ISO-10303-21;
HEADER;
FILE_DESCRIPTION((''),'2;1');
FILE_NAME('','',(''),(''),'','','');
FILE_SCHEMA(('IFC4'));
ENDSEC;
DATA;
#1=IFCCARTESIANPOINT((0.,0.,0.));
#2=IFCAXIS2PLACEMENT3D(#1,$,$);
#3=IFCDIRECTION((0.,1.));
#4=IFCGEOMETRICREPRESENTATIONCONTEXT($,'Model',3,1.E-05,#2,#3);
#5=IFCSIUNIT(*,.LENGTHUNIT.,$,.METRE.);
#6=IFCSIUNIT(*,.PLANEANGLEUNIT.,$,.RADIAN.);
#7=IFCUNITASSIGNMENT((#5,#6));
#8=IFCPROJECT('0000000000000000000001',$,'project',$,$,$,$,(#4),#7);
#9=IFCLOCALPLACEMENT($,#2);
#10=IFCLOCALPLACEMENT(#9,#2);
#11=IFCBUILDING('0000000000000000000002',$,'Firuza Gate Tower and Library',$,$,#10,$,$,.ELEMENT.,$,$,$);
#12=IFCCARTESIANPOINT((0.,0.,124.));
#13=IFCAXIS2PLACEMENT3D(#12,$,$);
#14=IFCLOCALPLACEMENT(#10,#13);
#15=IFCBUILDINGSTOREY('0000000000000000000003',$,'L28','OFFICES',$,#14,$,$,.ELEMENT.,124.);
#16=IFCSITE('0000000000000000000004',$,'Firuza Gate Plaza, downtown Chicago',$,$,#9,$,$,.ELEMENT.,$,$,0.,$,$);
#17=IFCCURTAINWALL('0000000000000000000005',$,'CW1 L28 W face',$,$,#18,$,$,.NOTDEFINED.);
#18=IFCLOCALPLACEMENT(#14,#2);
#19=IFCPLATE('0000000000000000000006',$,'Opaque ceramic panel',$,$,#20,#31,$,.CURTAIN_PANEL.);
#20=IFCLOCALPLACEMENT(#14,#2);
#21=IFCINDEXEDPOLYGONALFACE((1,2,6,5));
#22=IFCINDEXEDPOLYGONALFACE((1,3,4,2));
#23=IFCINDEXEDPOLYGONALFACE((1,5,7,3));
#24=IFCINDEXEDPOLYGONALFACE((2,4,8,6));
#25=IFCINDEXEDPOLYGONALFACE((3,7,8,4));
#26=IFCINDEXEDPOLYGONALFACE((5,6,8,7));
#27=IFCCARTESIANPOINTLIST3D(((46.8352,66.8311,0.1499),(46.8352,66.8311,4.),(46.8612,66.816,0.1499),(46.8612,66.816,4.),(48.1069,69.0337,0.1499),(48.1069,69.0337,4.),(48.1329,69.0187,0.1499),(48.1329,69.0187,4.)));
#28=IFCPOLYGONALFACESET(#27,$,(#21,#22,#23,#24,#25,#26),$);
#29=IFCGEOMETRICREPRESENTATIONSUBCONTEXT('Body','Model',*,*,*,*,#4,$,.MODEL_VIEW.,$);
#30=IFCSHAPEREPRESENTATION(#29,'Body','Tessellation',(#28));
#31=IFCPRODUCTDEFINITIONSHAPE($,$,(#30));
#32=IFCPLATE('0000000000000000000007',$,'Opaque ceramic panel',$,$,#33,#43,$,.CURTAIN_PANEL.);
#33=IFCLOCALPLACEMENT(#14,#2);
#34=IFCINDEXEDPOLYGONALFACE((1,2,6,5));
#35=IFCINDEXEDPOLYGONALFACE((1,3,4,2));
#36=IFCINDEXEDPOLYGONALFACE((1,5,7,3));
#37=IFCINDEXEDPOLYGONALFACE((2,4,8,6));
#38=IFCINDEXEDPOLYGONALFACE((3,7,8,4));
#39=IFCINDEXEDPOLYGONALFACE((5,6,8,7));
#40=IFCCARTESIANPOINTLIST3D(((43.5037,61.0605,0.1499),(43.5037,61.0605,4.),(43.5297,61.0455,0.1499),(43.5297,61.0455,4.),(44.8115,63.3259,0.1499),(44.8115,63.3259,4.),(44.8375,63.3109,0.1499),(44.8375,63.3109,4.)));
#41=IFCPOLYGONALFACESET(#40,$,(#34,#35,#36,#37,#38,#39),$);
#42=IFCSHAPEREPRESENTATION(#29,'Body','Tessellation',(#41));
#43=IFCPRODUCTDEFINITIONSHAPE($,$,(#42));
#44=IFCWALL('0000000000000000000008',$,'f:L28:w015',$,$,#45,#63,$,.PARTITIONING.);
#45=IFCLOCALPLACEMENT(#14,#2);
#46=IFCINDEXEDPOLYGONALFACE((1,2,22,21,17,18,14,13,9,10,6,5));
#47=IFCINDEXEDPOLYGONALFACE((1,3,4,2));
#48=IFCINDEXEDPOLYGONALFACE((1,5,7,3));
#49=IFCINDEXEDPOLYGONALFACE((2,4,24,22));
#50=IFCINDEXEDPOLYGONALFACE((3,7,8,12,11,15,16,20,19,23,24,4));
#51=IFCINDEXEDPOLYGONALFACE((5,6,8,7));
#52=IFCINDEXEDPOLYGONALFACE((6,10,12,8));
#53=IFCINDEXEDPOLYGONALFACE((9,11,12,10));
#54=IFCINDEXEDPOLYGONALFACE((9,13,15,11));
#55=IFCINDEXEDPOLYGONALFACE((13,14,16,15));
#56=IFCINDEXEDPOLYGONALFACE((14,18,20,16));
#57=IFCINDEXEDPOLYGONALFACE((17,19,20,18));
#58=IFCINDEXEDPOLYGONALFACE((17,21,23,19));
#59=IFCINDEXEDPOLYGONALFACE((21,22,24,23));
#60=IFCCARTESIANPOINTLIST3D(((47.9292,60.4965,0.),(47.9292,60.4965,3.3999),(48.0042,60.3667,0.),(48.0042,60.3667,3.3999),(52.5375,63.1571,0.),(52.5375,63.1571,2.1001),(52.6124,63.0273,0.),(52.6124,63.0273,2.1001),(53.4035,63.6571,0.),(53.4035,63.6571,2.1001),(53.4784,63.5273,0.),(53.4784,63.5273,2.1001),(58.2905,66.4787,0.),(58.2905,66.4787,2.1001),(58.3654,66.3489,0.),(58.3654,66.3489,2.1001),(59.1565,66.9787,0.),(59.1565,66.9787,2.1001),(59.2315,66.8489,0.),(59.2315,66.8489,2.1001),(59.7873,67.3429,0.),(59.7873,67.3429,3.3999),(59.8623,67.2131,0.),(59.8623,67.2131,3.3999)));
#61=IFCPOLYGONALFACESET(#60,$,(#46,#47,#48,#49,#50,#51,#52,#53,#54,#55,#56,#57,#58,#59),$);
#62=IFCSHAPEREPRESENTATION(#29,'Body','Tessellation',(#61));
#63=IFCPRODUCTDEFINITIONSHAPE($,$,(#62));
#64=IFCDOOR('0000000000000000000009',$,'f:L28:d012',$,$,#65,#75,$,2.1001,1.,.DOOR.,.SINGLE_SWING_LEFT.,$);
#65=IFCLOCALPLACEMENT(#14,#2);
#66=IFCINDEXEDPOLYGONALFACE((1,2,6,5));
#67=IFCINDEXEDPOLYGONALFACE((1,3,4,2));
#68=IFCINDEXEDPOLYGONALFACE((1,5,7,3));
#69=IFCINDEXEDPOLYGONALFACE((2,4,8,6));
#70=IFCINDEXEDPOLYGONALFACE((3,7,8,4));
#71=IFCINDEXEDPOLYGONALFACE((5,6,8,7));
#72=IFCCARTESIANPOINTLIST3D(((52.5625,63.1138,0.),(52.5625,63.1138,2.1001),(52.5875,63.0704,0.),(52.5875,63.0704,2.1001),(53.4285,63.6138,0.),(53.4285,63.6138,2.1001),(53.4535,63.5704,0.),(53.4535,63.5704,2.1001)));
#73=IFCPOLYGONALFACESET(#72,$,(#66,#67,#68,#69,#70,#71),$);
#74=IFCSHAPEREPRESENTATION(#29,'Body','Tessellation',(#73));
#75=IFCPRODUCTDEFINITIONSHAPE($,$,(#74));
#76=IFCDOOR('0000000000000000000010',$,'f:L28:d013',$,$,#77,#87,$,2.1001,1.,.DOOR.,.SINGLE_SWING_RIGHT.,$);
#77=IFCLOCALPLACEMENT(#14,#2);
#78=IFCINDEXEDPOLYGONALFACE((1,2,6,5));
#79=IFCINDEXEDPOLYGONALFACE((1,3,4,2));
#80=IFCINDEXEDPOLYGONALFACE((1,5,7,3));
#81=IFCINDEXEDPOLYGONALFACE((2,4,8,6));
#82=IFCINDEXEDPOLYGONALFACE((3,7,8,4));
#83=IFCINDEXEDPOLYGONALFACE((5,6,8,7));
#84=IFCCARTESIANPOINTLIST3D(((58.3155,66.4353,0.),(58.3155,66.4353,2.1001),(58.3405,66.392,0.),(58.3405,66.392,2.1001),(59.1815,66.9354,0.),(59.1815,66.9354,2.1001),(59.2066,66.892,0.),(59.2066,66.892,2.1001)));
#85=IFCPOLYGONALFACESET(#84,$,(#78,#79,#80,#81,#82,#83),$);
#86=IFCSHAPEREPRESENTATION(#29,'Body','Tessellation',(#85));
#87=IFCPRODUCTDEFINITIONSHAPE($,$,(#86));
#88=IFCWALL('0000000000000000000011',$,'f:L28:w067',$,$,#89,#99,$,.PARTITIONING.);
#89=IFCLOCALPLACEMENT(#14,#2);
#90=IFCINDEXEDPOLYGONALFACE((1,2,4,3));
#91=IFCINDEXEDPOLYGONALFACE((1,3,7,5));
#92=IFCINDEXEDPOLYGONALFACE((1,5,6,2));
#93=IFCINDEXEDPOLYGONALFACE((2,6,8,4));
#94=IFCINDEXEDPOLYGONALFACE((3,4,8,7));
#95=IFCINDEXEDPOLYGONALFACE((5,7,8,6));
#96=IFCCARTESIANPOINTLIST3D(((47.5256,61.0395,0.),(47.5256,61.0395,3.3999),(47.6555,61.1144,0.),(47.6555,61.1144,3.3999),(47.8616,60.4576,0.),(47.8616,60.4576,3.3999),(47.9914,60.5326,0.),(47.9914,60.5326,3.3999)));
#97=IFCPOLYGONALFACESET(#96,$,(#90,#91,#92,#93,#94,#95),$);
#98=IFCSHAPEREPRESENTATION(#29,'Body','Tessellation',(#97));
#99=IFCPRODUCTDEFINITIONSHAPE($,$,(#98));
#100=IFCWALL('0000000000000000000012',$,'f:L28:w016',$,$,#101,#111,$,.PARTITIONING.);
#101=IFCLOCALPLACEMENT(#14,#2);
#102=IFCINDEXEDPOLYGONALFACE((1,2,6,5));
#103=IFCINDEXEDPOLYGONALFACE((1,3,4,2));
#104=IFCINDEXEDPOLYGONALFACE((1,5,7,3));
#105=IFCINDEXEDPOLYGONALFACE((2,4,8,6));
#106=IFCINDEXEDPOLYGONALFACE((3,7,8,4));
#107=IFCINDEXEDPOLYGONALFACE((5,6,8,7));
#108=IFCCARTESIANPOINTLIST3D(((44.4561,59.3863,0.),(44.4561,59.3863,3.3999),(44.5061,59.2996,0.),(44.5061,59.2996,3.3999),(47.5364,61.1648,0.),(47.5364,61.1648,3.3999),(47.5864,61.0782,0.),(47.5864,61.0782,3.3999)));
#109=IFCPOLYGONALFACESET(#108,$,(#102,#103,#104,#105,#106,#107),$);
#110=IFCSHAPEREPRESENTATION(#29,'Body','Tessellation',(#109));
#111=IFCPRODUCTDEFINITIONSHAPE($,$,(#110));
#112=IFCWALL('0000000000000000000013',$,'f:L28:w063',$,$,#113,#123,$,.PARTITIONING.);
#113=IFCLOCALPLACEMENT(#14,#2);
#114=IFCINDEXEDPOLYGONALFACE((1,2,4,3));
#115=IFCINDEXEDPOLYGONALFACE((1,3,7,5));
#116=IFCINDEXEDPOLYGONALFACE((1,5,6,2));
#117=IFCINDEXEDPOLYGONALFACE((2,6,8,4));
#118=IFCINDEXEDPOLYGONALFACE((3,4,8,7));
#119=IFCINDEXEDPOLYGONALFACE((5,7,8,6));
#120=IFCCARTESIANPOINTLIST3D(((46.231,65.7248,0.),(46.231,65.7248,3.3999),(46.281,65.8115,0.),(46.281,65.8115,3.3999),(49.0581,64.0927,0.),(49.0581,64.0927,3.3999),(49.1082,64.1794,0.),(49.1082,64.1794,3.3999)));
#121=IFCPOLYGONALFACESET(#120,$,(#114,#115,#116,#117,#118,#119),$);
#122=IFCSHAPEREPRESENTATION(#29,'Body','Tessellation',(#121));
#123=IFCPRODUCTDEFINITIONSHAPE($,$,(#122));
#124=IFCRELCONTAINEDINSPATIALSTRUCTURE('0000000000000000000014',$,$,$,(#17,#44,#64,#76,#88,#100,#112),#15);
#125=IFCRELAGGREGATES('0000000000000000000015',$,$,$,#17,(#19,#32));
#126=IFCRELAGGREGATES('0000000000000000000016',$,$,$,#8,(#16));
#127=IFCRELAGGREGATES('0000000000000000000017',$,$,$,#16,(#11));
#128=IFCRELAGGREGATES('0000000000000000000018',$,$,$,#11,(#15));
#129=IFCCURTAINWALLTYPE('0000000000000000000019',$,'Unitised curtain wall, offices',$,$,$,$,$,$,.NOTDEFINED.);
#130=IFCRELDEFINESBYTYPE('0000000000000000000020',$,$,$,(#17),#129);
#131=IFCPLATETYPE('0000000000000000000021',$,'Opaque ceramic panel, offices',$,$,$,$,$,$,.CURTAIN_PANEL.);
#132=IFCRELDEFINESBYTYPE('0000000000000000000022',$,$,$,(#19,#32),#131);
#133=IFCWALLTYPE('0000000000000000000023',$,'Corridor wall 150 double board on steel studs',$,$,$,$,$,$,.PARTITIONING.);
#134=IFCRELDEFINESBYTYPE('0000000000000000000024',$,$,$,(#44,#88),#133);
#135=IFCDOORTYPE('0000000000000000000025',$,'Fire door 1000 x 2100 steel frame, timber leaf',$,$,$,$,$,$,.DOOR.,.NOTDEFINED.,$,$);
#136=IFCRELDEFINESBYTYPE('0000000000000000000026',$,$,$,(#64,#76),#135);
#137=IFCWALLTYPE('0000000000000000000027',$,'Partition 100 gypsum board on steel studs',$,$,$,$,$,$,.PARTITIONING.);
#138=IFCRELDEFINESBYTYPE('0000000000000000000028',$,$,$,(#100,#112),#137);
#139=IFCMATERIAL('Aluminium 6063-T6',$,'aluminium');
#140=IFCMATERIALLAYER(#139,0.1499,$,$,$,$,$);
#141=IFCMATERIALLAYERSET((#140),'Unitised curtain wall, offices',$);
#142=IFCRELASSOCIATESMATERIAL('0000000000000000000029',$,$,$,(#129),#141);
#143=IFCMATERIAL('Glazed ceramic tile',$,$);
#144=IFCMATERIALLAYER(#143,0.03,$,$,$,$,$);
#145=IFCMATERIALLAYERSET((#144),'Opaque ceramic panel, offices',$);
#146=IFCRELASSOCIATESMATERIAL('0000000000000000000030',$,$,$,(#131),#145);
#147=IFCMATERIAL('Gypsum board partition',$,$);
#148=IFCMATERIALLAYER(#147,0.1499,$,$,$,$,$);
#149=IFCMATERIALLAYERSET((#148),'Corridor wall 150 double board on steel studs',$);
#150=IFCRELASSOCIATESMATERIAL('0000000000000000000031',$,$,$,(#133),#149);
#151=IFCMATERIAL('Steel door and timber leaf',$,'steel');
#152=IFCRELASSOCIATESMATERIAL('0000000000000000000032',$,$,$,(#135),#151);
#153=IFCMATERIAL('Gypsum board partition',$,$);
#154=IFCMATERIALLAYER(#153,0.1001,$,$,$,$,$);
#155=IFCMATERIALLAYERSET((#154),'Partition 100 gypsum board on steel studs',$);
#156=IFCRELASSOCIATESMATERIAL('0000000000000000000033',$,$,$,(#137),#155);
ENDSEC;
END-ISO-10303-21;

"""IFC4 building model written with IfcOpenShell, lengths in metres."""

from ifc_helpers import new_model, si_unit, direction, frame, frame_2d, origin, place, context, subcontext, project, spatial, polyline, rectangle, outline, extrude, material, layer, layer_set, type_object, element, fill, aggregate, save


model = new_model("IFC4")

# Units and contexts
model_context = context("Model", 3, precision=1e-05, world=origin(), true_north=direction((0.0, 1.0)))
body_context = subcontext(model_context, "Body", "Model", "MODEL_VIEW")
ifc_project = project(units=[si_unit("LENGTHUNIT", "METRE"), si_unit("PLANEANGLEUNIT", "RADIAN")], contexts=[model_context])

# Site, building, storey
site_placement = place(None, origin())
site = spatial("IfcSite", under=ifc_project, at=site_placement, Name="Firuza Gate Plaza, downtown Chicago", CompositionType="ELEMENT", RefElevation=0.0)
building_placement = place(site_placement, origin())
building = spatial("IfcBuilding", under=site, at=building_placement, Name="Firuza Gate Tower and Library", CompositionType="ELEMENT")
storey_placement = place(building_placement, frame((0.0, 0.0, 124.0)))
storey = spatial("IfcBuildingStorey", under=building, at=storey_placement, Name="L28", Description="OFFICES", CompositionType="ELEMENT", Elevation=124.0)

# Curtain wall
ifc_material_1 = material(Name="Aluminium 6063-T6", Category="aluminium")
ifc_layer_1 = layer(ifc_material_1, 0.1499)
ifc_layer_set_1 = layer_set([ifc_layer_1], Name="Unitised curtain wall, offices")
curtain_wall_type_1 = type_object("IfcCurtainWallType", Name="Unitised curtain wall, offices", PredefinedType="NOTDEFINED", material=ifc_layer_set_1)
placement = place(storey_placement, origin())
curtain_wall_1 = element("IfcCurtainWall", 1, at=placement, inside=storey, type_object=curtain_wall_type_1, Name="CW1 L28 W face", PredefinedType="NOTDEFINED")

# Plates
ifc_material_2 = material(Name="Glazed ceramic tile")
ifc_layer_2 = layer(ifc_material_2, 0.03)
ifc_layer_set_2 = layer_set([ifc_layer_2], Name="Opaque ceramic panel, offices")
plate_type_1 = type_object("IfcPlateType", Name="Opaque ceramic panel, offices", PredefinedType="CURTAIN_PANEL", material=ifc_layer_set_2)
plate_1_placement = place(storey_placement, frame((48.1069, 69.0337, 0.1499), z_axis=(-0.866019, 0.500011, 0.0), x_axis=(-0.500011, -0.866019, 0.0)))
plate_1 = element("IfcPlate", 2, at=plate_1_placement, type_object=plate_type_1, Name="Opaque ceramic panel", PredefinedType="CURTAIN_PANEL", context=body_context, shape_type="SweptSolid", body=[
    extrude(outline(polyline([(0.0, 0.0), (2.5434, 0.0), (2.5434, 3.8501), (0.0, 3.8501), (0.0, 0.0)])), origin(), (0.0, 0.0, -1.0), 0.03),
])
plate_2_placement = place(storey_placement, frame((44.8115, 63.3259, 0.1499), z_axis=(-0.866035, 0.499984, 0.0), x_axis=(-0.499984, -0.866035, 0.0)))
plate_2 = element("IfcPlate", 3, at=plate_2_placement, type_object=plate_type_1, Name="Opaque ceramic panel", PredefinedType="CURTAIN_PANEL", context=body_context, shape_type="SweptSolid", body=[
    extrude(outline(polyline([(0.0, 0.0), (2.6158, 0.0), (2.6158, 3.8501), (0.0, 3.8501), (0.0, 0.0)])), origin(), (0.0, 0.0, -1.0), 0.03),
])
aggregate(curtain_wall_1, [plate_1, plate_2])

# Wall, openings, doors
ifc_material_3 = material(Name="Gypsum board partition")
ifc_layer_3 = layer(ifc_material_3, 0.1499)
ifc_layer_set_3 = layer_set([ifc_layer_3], Name="Corridor wall 150 double board on steel studs")
wall_type_1 = type_object("IfcWallType", Name="Corridor wall 150 double board on steel studs", PredefinedType="PARTITIONING", material=ifc_layer_set_3)
wall_1_placement = place(storey_placement, frame((47.9668, 60.4316, 0.0), z_axis=(0.0, 0.0, 1.0), x_axis=(0.866021, 0.500007, 0.0)))
wall_1 = element("IfcWall", 4, at=wall_1_placement, inside=storey, type_object=wall_type_1, Name="f:L28:w015", PredefinedType="PARTITIONING", context=body_context, shape_type="SweptSolid", body=[
    extrude(rectangle(XDim=13.6926, YDim=0.1499, at=frame_2d((6.8462, 0.0))), origin(), (0.0, 0.0, 1.0), 3.3999),
])
opening_1_placement = place(wall_1_placement, frame((5.321, 0.0, 0.0)))
opening_1 = element("IfcOpeningElement", 5, at=opening_1_placement, cuts=wall_1, PredefinedType="OPENING", context=body_context, shape_type="SweptSolid", body=[
    extrude(rectangle(XDim=1.0, YDim=2.1001, at=frame_2d((0.5, 1.05))), frame((0.0, 0.085, 0.0), z_axis=(0.0, -1.0, 0.0), x_axis=(1.0, 0.0, 0.0)), (0.0, 0.0, 1.0), 0.1699),
])
opening_2_placement = place(wall_1_placement, frame((11.9641, 0.0, 0.0)))
opening_2 = element("IfcOpeningElement", 6, at=opening_2_placement, cuts=wall_1, PredefinedType="OPENING", context=body_context, shape_type="SweptSolid", body=[
    extrude(rectangle(XDim=1.0, YDim=2.1001, at=frame_2d((0.5, 1.05))), frame((0.0, 0.085, 0.0), z_axis=(0.0, -1.0, 0.0), x_axis=(1.0, 0.0, 0.0)), (0.0, 0.0, 1.0), 0.1699),
])
ifc_material_4 = material(Name="Steel door and timber leaf", Category="steel")
door_type = type_object("IfcDoorType", Name="Fire door 1000 x 2100 steel frame, timber leaf", OperationType="NOTDEFINED", PredefinedType="DOOR", material=ifc_material_4)
door_1_placement = place(opening_1_placement, origin())
door_1 = element("IfcDoor", 7, at=door_1_placement, inside=storey, type_object=door_type, Name="f:L28:d012", OperationType="SINGLE_SWING_LEFT", OverallHeight=2.1001, OverallWidth=1.0, PredefinedType="DOOR", context=body_context, shape_type="SweptSolid", body=[
    extrude(rectangle(XDim=1.0, YDim=2.1001, at=frame_2d((0.5, 1.05))), frame((0.0, 0.0249, 0.0), z_axis=(0.0, -1.0, 0.0), x_axis=(1.0, 0.0, 0.0)), (0.0, 0.0, 1.0), 0.05),
])
fill(opening_1, door_1)
door_2_placement = place(opening_2_placement, origin())
door_2 = element("IfcDoor", 8, at=door_2_placement, inside=storey, type_object=door_type, Name="f:L28:d013", OperationType="SINGLE_SWING_RIGHT", OverallHeight=2.1001, OverallWidth=1.0, PredefinedType="DOOR", context=body_context, shape_type="SweptSolid", body=[
    extrude(rectangle(XDim=1.0, YDim=2.1001, at=frame_2d((0.5, 1.05))), frame((0.0, 0.0249, 0.0), z_axis=(0.0, -1.0, 0.0), x_axis=(1.0, 0.0, 0.0)), (0.0, 0.0, 1.0), 0.05),
])
fill(opening_2, door_2)

# Walls
wall_2_placement = place(storey_placement, frame((47.9265, 60.4951, 0.0), z_axis=(0.0, 0.0, 1.0), x_axis=(-0.500048, 0.865998, 0.0)))
element("IfcWall", 9, at=wall_2_placement, inside=storey, type_object=wall_type_1, Name="f:L28:w067", PredefinedType="PARTITIONING", context=body_context, shape_type="SweptSolid", body=[
    extrude(rectangle(XDim=0.6719, YDim=0.1499, at=frame_2d((0.3359, 0.0))), origin(), (0.0, 0.0, 1.0), 3.3999),
])
ifc_material_5 = material(Name="Gypsum board partition")
ifc_layer_4 = layer(ifc_material_5, 0.1001)
ifc_layer_set_4 = layer_set([ifc_layer_4], Name="Partition 100 gypsum board on steel studs")
wall_type_2 = type_object("IfcWallType", Name="Partition 100 gypsum board on steel studs", PredefinedType="PARTITIONING", material=ifc_layer_set_4)
wall_3_placement = place(storey_placement, frame((44.4812, 59.343, 0.0), z_axis=(0.0, 0.0, 1.0), x_axis=(0.866008, 0.500029, 0.0)))
element("IfcWall", 10, at=wall_3_placement, inside=storey, type_object=wall_type_2, Name="f:L28:w016", PredefinedType="PARTITIONING", context=body_context, shape_type="SweptSolid", body=[
    extrude(rectangle(XDim=3.5569, YDim=0.1001, at=frame_2d((1.7783, 0.0))), origin(), (0.0, 0.0, 1.0), 3.3999),
])
wall_4_placement = place(storey_placement, frame((49.0833, 64.136, 0.0), z_axis=(0.0, 0.0, 1.0), x_axis=(-0.866049, 0.49996, 0.0)))
element("IfcWall", 11, at=wall_4_placement, inside=storey, type_object=wall_type_2, Name="f:L28:w063", PredefinedType="PARTITIONING", context=body_context, shape_type="SweptSolid", body=[
    extrude(rectangle(XDim=3.2644, YDim=0.1001, at=frame_2d((1.6323, 0.0))), origin(), (0.0, 0.0, 1.0), 3.3999),
])

save(model, "model.ifc")
